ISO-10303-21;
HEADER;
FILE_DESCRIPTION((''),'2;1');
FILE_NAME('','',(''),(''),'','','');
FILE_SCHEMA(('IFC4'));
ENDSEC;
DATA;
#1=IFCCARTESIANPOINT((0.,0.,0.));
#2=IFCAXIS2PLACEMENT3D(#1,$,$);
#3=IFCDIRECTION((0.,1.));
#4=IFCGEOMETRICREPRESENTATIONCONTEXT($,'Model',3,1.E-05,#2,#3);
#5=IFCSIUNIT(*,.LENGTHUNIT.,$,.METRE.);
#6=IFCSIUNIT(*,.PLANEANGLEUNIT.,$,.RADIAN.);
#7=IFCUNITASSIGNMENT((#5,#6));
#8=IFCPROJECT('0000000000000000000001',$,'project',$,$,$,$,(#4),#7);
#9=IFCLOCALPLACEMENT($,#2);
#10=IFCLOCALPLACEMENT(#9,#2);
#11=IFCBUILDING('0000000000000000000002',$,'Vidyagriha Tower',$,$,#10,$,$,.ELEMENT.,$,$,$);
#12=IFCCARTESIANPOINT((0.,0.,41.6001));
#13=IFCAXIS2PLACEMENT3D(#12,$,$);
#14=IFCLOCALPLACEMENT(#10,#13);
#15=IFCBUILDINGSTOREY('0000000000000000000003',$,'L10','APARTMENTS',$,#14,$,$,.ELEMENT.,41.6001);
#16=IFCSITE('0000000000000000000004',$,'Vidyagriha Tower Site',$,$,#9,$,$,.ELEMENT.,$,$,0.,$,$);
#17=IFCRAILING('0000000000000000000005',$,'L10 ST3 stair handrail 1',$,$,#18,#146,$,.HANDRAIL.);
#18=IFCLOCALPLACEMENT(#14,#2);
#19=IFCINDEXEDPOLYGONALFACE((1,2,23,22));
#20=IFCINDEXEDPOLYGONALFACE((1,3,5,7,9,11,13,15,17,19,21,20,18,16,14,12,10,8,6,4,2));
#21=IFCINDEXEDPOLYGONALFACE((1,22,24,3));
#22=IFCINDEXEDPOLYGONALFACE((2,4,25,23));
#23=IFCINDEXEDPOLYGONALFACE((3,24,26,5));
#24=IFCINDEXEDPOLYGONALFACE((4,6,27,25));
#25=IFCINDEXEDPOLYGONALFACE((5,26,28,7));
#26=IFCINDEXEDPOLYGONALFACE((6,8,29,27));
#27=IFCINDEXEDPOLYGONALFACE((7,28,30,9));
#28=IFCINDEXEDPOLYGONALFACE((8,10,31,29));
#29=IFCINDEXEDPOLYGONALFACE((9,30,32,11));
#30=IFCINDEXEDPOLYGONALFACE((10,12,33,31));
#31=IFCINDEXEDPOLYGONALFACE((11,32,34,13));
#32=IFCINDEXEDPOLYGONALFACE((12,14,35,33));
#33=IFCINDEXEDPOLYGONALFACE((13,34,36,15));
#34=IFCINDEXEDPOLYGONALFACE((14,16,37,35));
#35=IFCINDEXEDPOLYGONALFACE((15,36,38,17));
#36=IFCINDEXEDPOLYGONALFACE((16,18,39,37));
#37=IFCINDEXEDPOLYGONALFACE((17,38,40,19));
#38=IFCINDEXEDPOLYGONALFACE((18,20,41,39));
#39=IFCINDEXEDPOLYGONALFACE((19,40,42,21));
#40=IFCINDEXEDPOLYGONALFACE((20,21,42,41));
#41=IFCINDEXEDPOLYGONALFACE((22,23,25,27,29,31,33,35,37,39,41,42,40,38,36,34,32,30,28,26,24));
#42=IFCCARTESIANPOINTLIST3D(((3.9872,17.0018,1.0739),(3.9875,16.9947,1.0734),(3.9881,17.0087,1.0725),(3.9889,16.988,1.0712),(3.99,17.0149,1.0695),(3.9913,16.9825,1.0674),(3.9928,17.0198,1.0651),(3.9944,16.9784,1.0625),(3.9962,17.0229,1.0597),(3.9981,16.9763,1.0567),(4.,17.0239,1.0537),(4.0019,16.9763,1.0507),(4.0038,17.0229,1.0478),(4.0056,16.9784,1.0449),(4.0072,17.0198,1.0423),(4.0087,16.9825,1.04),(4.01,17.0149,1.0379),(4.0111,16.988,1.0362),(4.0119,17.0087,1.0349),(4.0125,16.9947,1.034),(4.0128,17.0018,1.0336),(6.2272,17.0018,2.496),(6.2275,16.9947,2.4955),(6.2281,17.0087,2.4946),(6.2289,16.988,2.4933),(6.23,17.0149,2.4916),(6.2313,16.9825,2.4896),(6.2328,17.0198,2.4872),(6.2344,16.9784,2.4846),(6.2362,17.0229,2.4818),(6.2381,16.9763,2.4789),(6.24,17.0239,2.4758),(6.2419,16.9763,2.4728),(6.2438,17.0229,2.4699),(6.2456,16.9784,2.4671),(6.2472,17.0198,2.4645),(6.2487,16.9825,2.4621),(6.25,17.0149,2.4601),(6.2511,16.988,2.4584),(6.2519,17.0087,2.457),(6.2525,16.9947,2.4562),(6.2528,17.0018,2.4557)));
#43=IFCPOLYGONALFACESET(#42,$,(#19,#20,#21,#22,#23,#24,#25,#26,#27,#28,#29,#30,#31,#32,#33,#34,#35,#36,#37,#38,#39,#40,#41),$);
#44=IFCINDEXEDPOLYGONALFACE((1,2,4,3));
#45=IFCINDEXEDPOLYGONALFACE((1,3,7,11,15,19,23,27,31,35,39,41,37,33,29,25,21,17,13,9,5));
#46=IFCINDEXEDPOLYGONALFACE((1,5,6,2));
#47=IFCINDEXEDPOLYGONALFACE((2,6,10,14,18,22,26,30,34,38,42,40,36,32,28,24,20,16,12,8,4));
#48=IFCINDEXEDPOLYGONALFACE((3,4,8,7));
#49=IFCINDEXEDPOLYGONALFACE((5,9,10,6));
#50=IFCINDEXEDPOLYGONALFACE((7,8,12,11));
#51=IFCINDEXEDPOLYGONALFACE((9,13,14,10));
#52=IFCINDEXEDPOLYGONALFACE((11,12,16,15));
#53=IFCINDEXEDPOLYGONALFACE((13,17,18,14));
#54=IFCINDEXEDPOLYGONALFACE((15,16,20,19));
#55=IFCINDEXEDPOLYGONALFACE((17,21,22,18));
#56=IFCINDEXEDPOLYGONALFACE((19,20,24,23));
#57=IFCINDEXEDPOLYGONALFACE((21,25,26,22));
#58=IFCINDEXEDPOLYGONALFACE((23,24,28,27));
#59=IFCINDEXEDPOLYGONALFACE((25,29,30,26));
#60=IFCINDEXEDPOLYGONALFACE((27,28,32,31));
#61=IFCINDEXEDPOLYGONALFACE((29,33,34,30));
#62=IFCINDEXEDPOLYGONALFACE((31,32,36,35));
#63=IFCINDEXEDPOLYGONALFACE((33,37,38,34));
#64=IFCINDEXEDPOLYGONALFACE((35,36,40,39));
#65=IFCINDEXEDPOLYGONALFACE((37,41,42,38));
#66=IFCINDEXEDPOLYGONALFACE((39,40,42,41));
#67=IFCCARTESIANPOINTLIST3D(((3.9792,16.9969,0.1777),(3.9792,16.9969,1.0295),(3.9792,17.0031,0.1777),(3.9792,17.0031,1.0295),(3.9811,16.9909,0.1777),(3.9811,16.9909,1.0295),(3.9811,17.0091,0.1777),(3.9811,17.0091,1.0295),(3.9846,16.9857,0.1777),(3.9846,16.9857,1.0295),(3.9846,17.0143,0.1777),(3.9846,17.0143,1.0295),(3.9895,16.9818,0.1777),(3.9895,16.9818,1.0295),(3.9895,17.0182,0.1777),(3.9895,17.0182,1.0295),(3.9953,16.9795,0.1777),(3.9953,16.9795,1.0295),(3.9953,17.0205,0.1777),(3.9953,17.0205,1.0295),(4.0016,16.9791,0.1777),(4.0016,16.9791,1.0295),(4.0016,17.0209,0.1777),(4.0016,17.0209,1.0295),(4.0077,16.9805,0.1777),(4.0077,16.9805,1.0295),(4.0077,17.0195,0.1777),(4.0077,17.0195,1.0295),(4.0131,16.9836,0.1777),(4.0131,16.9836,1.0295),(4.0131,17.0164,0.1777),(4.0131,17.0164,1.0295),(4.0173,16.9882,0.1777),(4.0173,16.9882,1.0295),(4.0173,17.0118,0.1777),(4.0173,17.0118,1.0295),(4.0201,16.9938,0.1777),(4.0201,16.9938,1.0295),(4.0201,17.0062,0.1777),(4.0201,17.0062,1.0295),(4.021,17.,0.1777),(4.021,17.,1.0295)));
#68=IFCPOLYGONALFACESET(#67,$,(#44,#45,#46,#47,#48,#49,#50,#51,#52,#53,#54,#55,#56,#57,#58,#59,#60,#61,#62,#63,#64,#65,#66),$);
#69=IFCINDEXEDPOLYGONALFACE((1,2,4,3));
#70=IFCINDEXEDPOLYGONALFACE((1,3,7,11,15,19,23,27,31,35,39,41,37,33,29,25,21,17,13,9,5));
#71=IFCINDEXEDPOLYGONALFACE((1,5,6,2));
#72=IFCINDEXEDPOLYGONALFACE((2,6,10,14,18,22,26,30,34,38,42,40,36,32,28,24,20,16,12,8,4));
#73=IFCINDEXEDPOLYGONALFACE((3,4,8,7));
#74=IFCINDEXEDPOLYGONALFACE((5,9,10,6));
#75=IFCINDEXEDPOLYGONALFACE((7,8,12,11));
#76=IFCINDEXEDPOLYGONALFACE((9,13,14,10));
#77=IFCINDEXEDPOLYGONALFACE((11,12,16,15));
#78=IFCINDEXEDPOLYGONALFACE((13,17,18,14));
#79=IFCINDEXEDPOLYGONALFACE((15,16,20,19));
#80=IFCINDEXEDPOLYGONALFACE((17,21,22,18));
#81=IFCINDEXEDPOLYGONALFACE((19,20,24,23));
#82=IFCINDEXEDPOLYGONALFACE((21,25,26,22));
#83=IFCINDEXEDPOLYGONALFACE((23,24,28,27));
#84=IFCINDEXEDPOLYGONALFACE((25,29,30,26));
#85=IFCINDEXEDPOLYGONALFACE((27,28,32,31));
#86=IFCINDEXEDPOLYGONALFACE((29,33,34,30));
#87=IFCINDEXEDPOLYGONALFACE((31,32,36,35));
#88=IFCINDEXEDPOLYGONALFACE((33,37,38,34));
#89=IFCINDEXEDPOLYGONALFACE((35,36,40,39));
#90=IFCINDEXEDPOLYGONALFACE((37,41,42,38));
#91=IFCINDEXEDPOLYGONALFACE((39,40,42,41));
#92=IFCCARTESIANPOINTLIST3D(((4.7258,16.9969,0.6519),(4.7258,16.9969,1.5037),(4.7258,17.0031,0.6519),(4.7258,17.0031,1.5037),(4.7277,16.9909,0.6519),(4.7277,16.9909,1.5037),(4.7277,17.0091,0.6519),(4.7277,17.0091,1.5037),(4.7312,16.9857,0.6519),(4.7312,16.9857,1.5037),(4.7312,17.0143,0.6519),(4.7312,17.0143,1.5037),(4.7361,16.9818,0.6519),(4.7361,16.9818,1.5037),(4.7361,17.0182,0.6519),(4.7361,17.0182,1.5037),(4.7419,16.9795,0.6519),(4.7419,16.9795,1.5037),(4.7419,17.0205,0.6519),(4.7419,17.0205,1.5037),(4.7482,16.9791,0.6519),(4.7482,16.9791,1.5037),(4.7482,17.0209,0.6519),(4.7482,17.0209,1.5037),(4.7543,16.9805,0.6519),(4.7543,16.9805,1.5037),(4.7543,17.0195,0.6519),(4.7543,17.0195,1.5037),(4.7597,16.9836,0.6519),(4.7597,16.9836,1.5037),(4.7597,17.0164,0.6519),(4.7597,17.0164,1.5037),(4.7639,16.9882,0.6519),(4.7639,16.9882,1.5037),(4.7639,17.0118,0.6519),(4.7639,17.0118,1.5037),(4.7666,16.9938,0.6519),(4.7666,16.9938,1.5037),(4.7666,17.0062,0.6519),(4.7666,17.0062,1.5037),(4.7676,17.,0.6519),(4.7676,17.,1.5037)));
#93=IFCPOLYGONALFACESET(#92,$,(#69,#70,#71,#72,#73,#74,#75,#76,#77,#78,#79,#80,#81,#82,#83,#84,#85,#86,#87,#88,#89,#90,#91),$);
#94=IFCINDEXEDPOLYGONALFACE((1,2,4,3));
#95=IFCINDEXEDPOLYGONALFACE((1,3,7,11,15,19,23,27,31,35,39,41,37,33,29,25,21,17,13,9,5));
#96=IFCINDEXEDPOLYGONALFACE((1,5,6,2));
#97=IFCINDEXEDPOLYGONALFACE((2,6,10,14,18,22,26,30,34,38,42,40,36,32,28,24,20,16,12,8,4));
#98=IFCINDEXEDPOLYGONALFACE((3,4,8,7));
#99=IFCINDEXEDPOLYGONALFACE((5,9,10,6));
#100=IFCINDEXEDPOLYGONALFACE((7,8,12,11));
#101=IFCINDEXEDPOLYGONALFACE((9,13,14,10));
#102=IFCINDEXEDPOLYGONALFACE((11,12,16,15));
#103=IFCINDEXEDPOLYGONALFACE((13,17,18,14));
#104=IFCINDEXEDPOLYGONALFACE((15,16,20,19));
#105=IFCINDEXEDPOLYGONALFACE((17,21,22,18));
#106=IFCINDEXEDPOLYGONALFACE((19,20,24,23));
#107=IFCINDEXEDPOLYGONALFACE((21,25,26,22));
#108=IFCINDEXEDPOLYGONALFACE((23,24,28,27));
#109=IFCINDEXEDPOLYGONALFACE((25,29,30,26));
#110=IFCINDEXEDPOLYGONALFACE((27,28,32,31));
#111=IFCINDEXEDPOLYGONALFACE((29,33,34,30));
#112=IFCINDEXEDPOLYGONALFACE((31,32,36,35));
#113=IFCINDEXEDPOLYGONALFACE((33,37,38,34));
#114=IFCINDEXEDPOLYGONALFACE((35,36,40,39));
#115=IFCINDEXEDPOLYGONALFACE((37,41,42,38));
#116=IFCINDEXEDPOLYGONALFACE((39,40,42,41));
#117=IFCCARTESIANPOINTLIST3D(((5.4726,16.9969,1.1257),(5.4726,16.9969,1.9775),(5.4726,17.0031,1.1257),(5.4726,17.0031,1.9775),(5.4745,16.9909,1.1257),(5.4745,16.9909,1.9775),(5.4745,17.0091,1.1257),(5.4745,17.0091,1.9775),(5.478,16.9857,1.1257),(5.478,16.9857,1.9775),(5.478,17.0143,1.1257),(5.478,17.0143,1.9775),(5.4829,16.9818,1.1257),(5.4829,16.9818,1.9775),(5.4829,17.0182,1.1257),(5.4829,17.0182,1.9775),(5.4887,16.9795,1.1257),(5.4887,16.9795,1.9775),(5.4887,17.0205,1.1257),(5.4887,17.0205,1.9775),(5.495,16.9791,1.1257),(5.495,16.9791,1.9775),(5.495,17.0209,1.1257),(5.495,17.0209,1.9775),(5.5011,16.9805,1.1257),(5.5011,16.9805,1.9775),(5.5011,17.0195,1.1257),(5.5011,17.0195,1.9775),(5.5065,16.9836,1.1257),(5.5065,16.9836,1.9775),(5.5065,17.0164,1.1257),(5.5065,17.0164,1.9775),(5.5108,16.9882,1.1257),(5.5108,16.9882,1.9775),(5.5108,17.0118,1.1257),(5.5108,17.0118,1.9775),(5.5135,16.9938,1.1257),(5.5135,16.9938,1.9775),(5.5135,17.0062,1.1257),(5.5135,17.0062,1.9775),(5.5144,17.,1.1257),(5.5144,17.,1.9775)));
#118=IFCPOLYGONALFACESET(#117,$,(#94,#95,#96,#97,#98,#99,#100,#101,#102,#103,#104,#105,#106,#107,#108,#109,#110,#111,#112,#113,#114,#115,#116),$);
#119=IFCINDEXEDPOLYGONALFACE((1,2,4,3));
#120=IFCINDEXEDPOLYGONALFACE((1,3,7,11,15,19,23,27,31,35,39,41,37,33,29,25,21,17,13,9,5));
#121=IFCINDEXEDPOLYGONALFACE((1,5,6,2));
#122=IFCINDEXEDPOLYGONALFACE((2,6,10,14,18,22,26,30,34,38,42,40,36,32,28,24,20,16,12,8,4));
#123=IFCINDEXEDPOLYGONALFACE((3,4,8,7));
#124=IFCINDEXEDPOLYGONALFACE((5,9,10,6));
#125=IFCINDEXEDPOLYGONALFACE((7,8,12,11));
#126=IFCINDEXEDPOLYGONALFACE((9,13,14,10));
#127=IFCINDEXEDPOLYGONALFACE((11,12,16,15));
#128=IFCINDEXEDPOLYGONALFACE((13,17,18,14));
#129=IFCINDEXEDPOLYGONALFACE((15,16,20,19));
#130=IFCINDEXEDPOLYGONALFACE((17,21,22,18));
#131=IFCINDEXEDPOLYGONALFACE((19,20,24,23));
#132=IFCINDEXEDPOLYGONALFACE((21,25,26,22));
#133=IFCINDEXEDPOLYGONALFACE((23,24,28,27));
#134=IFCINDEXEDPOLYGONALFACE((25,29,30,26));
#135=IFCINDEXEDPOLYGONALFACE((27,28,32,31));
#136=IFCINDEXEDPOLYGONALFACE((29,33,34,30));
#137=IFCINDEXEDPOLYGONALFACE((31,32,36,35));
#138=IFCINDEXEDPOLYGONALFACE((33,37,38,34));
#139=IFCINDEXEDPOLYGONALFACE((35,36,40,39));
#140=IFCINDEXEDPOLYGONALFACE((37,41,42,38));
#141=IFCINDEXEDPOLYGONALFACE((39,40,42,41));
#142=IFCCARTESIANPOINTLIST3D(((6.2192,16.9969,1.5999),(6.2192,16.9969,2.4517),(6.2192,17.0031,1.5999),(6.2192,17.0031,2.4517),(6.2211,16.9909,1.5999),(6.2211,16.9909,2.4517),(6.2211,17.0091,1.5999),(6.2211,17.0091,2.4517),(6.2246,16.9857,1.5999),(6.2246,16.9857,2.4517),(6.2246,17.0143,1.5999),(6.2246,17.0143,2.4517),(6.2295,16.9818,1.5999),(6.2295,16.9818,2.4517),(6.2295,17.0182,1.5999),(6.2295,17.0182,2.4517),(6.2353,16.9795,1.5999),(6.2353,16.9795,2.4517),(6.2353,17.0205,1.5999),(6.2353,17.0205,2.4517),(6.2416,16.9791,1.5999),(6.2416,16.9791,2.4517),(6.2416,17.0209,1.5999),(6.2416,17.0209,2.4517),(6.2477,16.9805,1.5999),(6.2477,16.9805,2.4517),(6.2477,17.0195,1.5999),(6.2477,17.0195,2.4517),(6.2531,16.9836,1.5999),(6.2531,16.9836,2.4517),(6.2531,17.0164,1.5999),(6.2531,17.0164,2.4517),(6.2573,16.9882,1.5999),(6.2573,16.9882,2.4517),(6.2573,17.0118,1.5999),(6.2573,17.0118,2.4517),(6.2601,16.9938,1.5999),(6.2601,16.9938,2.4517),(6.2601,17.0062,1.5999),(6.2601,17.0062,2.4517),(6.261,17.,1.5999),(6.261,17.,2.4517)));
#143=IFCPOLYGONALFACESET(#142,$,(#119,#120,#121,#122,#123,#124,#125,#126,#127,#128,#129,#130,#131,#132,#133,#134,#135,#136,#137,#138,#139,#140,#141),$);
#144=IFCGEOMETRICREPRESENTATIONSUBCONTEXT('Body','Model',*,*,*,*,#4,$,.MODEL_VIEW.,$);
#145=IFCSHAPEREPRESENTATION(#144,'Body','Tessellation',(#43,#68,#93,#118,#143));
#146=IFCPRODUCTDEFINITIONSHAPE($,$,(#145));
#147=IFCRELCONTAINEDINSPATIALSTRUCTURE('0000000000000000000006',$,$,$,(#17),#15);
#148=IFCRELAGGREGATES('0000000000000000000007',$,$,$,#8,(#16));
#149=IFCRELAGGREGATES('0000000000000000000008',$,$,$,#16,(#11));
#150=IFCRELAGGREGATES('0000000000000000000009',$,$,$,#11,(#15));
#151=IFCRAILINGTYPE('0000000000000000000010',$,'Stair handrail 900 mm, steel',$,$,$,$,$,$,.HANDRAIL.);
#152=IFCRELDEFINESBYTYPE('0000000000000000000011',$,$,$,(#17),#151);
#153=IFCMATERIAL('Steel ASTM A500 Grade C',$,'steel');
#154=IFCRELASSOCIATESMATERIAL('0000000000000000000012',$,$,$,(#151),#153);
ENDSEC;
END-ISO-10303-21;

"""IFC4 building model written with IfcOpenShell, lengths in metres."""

from ifc_helpers import new_model, si_unit, direction, frame, origin, origin_2d, place, context, subcontext, project, spatial, circle, extrude, material, type_object, element, save


model = new_model("IFC4")

# Units and contexts
model_context = context("Model", 3, precision=1e-05, world=origin(), true_north=direction((0.0, 1.0)))
body_context = subcontext(model_context, "Body", "Model", "MODEL_VIEW")
ifc_project = project(units=[si_unit("LENGTHUNIT", "METRE"), si_unit("PLANEANGLEUNIT", "RADIAN")], contexts=[model_context])

# Site, building, storey
site_placement = place(None, origin())
site = spatial("IfcSite", under=ifc_project, at=site_placement, Name="Vidyagriha Tower Site", CompositionType="ELEMENT", RefElevation=0.0)
building_placement = place(site_placement, origin())
building = spatial("IfcBuilding", under=site, at=building_placement, Name="Vidyagriha Tower", CompositionType="ELEMENT")
storey_placement = place(building_placement, frame((0.0, 0.0, 41.6001)))
storey = spatial("IfcBuildingStorey", under=building, at=storey_placement, Name="L10", Description="APARTMENTS", CompositionType="ELEMENT", Elevation=41.6001)

# Railing
ifc_material_1 = material(Name="Steel ASTM A500 Grade C", Category="steel")
railing_type_1 = type_object("IfcRailingType", Name="Stair handrail 900 mm, steel", PredefinedType="HANDRAIL", material=ifc_material_1)
railing_1_placement = place(storey_placement, frame((4.0, 17.0, 0.1777)))
element("IfcRailing", 1, at=railing_1_placement, inside=storey, type_object=railing_type_1, Name="L10 ST3 stair handrail 1", PredefinedType="HANDRAIL", context=body_context, shape_type="SweptSolid", body=[
    extrude(circle(Radius=0.0239, at=origin_2d()), frame((0.0, 0.0, 0.876), z_axis=(0.844229, 0.0, 0.535982), x_axis=(0.0, 1.0, 0.0)), (0.0, 0.0, 1.0), 2.6533),
    extrude(circle(Radius=0.021, at=origin_2d()), origin(), (0.0, 0.0, 1.0), 0.8518),
    extrude(circle(Radius=0.021, at=origin_2d()), frame((0.7466, 0.0, 0.4741)), (0.0, 0.0, 1.0), 0.8518),
    extrude(circle(Radius=0.021, at=origin_2d()), frame((1.4934, 0.0, 0.948)), (0.0, 0.0, 1.0), 0.8518),
    extrude(circle(Radius=0.021, at=origin_2d()), frame((2.24, 0.0, 1.4221)), (0.0, 0.0, 1.0), 0.8518),
])

save(model, "model.ifc")
